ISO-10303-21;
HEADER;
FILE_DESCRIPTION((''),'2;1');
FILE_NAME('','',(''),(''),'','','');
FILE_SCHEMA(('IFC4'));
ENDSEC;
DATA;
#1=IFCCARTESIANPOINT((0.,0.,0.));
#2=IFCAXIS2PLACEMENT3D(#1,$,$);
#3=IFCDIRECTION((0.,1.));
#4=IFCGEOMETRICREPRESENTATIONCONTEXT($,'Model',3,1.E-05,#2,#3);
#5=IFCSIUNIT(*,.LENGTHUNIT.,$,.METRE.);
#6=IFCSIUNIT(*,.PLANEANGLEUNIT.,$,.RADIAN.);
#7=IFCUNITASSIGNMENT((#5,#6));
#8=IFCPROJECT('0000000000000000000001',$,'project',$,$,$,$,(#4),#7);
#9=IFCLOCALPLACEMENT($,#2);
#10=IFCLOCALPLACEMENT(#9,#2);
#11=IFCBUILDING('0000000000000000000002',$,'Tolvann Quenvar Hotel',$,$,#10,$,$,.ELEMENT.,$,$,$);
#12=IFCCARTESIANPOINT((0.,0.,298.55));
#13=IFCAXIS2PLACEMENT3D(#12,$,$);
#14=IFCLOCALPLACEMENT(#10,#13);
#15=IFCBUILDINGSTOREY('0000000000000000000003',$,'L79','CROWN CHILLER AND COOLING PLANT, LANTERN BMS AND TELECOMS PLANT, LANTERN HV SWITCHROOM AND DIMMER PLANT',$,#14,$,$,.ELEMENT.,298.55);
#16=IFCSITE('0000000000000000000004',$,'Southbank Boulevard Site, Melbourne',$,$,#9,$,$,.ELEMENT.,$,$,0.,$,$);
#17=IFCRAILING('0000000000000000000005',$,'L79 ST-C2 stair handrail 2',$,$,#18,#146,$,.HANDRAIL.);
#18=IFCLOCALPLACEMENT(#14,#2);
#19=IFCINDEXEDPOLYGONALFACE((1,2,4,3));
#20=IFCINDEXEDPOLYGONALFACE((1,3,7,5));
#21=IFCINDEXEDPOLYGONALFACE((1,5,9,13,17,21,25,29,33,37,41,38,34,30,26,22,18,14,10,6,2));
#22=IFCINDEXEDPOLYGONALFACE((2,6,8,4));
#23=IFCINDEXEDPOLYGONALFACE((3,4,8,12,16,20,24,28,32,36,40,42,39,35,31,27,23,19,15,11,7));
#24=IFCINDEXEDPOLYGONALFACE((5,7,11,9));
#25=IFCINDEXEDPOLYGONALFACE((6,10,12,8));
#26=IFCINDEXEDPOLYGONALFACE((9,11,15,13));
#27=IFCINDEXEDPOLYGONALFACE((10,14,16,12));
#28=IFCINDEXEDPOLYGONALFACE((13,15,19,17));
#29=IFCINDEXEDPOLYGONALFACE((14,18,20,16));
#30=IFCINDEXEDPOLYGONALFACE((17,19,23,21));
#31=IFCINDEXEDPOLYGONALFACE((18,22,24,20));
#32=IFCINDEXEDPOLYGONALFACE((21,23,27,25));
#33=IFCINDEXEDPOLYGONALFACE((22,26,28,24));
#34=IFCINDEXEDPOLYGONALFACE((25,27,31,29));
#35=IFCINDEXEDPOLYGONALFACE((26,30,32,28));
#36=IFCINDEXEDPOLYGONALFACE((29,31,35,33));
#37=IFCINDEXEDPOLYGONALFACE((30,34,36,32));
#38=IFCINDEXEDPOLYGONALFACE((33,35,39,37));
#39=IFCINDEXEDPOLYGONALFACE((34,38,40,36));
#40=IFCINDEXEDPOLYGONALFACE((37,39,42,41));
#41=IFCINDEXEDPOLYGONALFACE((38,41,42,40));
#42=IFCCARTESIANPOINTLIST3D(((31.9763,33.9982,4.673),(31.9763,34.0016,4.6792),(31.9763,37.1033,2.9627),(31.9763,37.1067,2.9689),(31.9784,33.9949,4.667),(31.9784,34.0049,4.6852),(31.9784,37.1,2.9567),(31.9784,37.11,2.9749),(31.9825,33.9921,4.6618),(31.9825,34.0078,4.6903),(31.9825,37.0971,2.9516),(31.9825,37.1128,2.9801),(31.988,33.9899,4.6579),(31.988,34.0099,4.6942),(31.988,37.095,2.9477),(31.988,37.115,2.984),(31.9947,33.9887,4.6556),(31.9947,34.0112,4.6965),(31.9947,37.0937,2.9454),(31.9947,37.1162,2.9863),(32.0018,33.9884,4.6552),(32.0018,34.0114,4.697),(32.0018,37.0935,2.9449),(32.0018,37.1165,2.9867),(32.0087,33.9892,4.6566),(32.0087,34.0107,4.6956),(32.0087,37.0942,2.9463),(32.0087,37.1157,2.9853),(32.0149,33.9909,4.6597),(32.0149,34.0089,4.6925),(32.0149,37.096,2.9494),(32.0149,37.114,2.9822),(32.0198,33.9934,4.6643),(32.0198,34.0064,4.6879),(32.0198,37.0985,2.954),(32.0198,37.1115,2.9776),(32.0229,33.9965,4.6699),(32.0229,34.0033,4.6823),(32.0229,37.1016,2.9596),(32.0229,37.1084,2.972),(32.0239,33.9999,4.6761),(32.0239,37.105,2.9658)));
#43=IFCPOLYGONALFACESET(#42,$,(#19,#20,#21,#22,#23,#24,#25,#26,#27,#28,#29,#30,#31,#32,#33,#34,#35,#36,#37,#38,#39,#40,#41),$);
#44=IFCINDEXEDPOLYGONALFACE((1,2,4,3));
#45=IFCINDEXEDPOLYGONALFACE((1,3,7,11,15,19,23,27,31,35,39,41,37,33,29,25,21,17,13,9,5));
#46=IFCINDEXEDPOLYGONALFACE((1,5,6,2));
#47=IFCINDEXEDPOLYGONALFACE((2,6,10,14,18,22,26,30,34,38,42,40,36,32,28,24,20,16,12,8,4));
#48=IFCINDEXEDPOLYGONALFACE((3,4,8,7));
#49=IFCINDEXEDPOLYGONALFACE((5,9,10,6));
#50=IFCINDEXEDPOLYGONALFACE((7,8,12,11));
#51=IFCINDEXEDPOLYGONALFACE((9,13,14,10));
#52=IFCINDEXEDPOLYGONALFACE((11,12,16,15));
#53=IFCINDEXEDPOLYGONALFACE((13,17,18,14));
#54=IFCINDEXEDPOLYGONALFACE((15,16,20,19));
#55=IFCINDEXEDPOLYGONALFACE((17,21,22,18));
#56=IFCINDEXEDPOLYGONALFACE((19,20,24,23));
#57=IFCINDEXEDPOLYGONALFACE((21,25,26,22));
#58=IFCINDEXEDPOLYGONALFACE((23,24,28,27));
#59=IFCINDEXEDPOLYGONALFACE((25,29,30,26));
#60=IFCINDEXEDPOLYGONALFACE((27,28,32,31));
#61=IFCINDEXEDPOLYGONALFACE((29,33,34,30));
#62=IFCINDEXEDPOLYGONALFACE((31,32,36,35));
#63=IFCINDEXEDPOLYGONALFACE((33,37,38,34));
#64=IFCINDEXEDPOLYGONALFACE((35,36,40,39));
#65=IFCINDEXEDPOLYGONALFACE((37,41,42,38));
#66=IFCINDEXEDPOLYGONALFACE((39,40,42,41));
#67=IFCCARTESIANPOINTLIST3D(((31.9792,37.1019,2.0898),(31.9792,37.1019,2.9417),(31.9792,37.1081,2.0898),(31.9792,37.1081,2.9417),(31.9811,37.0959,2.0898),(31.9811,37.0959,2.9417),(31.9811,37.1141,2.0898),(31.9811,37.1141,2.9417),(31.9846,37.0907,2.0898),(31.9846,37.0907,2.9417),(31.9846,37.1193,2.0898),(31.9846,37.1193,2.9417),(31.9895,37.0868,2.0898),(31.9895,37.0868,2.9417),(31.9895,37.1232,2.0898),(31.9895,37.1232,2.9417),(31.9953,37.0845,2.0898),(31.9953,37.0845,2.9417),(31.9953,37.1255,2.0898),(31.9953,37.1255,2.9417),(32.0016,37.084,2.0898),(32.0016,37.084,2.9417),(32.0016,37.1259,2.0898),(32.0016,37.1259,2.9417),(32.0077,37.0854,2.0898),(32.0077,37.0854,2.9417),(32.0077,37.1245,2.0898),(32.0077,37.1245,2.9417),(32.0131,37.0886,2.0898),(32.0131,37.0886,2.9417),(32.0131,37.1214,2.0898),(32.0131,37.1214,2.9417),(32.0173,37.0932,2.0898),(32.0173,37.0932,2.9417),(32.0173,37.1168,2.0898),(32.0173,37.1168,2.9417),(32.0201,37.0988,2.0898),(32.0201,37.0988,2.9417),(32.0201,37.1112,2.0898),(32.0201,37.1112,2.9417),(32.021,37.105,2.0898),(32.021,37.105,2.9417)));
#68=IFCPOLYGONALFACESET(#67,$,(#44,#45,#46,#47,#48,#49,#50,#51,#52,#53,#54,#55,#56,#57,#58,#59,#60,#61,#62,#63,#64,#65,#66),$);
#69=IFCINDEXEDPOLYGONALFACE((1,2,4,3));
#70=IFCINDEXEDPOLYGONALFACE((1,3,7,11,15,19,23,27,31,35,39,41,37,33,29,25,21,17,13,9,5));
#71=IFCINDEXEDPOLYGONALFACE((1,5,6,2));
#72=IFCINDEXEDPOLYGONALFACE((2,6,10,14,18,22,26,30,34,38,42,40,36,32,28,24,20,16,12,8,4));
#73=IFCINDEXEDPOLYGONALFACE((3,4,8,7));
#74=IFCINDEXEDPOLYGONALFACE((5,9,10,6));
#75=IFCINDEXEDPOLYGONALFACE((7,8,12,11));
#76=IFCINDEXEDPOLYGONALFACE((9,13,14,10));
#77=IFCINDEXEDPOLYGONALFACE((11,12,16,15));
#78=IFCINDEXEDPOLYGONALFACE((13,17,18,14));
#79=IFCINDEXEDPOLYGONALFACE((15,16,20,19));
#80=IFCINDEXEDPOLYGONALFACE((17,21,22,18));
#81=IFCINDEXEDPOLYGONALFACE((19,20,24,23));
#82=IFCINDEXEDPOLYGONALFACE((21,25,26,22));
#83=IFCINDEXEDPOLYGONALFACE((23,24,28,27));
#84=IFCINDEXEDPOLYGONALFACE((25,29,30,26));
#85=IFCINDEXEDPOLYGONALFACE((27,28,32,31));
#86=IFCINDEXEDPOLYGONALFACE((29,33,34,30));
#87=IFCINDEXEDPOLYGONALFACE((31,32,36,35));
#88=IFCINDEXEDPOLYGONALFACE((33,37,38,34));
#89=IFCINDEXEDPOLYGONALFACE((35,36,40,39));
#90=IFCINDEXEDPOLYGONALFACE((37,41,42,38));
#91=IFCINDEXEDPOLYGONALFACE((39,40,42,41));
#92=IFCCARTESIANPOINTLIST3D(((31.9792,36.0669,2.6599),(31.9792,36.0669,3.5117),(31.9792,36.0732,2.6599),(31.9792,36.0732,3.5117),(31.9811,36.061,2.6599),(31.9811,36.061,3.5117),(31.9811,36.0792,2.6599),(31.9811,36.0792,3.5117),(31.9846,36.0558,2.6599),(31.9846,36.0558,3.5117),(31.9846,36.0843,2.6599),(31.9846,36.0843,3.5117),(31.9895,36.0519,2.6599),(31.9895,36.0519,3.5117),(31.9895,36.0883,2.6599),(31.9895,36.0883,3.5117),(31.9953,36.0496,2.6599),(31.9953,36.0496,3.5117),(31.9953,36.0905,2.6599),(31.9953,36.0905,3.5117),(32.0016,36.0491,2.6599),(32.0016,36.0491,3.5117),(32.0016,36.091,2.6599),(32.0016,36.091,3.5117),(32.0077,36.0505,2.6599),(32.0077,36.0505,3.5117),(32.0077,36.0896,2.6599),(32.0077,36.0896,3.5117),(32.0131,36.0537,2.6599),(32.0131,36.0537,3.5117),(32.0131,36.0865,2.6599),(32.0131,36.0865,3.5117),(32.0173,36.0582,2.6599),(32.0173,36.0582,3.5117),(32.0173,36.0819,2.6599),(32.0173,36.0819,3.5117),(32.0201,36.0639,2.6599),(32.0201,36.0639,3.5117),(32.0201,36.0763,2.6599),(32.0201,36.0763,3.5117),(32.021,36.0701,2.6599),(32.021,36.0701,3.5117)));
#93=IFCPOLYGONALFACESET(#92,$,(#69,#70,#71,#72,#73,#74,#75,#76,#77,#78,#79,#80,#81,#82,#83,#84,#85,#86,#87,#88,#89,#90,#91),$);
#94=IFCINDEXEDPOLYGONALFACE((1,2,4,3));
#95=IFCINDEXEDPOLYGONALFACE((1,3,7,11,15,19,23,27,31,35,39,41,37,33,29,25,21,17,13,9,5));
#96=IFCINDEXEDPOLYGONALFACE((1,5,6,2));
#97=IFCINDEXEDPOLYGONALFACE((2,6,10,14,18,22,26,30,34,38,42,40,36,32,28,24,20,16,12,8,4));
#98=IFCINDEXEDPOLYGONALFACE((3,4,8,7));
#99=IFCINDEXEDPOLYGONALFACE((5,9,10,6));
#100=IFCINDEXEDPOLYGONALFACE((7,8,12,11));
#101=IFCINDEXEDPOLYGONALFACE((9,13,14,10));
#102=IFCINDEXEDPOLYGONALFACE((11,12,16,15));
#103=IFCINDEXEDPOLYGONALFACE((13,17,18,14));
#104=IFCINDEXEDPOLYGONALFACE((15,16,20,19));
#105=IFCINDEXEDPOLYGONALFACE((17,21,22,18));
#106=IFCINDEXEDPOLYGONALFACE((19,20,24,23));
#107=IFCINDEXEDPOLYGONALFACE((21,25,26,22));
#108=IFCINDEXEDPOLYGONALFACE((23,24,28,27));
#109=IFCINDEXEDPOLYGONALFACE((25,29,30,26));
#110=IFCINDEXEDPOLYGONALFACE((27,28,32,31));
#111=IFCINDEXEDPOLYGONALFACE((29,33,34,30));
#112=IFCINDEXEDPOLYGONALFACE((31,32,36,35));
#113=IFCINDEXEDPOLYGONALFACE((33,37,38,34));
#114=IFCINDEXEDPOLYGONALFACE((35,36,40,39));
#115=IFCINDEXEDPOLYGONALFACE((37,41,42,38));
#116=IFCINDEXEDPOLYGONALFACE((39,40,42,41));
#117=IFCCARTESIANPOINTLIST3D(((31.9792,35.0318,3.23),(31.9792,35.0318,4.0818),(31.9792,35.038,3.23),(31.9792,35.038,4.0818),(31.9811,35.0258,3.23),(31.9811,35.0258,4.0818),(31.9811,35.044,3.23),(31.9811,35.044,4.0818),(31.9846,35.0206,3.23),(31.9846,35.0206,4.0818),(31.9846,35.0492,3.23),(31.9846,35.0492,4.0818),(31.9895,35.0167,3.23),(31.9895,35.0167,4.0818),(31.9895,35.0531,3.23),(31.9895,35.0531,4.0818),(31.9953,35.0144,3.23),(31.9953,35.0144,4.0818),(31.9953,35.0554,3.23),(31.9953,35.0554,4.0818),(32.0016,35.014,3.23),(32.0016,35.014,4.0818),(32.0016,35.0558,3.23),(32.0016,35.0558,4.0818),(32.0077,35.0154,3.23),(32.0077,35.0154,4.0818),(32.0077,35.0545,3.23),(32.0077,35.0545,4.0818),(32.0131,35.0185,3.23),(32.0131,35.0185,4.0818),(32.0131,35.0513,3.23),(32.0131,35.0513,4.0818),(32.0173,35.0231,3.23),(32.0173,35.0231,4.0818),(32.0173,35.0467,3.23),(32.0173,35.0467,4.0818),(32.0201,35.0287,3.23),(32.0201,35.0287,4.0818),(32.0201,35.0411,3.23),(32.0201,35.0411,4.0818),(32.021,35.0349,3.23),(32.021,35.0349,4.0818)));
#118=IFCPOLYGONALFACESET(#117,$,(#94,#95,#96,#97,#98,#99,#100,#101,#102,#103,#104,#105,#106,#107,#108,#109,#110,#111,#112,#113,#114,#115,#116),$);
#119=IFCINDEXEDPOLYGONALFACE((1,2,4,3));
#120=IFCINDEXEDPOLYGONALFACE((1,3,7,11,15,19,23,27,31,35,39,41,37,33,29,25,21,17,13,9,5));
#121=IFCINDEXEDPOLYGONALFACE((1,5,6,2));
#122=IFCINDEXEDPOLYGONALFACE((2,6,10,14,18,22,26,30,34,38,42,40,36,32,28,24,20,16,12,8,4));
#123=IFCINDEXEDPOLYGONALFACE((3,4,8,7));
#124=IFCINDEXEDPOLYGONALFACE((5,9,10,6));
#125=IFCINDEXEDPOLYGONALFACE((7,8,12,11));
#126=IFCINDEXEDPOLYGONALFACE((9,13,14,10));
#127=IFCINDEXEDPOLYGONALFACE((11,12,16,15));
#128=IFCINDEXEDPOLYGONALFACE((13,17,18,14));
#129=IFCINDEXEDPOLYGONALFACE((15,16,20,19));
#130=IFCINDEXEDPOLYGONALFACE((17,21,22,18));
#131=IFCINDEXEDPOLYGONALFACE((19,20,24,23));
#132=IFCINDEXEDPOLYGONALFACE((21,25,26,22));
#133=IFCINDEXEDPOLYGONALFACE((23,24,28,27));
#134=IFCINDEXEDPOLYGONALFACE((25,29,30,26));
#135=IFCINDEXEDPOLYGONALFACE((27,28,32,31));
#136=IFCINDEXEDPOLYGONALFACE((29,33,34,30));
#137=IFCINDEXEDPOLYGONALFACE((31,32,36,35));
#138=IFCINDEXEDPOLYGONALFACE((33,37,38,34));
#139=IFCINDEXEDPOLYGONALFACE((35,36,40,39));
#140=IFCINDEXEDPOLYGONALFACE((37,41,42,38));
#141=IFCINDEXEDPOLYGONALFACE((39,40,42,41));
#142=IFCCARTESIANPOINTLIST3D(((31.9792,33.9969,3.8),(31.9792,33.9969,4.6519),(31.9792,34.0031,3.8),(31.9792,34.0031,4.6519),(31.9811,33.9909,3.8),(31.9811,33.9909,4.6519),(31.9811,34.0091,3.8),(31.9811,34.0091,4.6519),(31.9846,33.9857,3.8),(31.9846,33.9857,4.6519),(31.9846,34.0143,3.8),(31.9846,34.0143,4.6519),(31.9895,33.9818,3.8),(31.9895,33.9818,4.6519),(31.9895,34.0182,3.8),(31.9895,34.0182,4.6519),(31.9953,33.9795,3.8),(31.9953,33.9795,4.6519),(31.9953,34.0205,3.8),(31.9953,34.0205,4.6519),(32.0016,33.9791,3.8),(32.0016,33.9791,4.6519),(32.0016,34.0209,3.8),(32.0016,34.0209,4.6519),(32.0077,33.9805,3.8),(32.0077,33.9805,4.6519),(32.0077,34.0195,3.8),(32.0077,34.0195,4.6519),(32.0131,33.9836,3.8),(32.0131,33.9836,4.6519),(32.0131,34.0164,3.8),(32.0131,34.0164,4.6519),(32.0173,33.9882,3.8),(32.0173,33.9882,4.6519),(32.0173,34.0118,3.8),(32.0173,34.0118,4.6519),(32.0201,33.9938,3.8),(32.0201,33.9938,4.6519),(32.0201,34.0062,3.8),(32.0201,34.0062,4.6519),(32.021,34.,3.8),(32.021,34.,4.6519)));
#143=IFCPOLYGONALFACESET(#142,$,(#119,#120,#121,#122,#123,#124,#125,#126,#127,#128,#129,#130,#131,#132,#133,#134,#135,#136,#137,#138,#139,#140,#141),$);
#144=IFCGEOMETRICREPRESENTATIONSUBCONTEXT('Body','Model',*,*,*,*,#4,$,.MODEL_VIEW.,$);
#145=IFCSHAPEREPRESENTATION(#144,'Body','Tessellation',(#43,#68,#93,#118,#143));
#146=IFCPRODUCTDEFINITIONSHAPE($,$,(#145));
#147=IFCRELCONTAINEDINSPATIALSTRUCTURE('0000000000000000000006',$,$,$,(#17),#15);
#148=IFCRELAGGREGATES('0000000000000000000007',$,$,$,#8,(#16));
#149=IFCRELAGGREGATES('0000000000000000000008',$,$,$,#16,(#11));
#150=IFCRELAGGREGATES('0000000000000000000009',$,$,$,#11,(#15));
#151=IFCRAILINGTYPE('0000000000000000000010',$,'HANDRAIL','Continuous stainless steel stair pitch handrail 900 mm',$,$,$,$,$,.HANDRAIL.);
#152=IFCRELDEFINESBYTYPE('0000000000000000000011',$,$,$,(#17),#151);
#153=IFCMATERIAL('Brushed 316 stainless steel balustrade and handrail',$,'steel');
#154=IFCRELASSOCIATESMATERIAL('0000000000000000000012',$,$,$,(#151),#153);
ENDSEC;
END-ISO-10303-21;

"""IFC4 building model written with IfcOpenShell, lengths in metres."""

from ifc_helpers import new_model, si_unit, direction, frame, origin, origin_2d, place, context, subcontext, project, spatial, circle, extrude, material, type_object, element, save


model = new_model("IFC4")

# Units and contexts
model_context = context("Model", 3, precision=1e-05, world=origin(), true_north=direction((0.0, 1.0)))
body_context = subcontext(model_context, "Body", "Model", "MODEL_VIEW")
ifc_project = project(units=[si_unit("LENGTHUNIT", "METRE"), si_unit("PLANEANGLEUNIT", "RADIAN")], contexts=[model_context])

# Site, building, storey
site_placement = place(None, origin())
site = spatial("IfcSite", under=ifc_project, at=site_placement, Name="Southbank Boulevard Site, Melbourne", CompositionType="ELEMENT", RefElevation=0.0)
building_placement = place(site_placement, origin())
building = spatial("IfcBuilding", under=site, at=building_placement, Name="Tolvann Quenvar Hotel", CompositionType="ELEMENT")
storey_placement = place(building_placement, frame((0.0, 0.0, 298.55)))
storey = spatial("IfcBuildingStorey", under=building, at=storey_placement, Name="L79", Description="CROWN CHILLER AND COOLING PLANT, LANTERN BMS AND TELECOMS PLANT, LANTERN HV SWITCHROOM AND DIMMER PLANT", CompositionType="ELEMENT", Elevation=298.55)

# Railing
ifc_material_1 = material(Name="Brushed 316 stainless steel balustrade and handrail", Category="steel")
railing_type_1 = type_object("IfcRailingType", Name="HANDRAIL", Description="Continuous stainless steel stair pitch handrail 900 mm", PredefinedType="HANDRAIL", material=ifc_material_1)
railing_1_placement = place(storey_placement, frame((32.0, 37.105, 2.0898)))
element("IfcRailing", 1, at=railing_1_placement, inside=storey, type_object=railing_type_1, Name="L79 ST-C2 stair handrail 2", PredefinedType="HANDRAIL", context=body_context, shape_type="SweptSolid", body=[
    extrude(circle(Radius=0.0239, at=origin_2d()), frame((0.0, 0.0, 0.876), z_axis=(0.0, -0.875922, 0.482453), x_axis=(1.0, 0.0, 0.0)), (0.0, 0.0, 1.0), 3.5449),
    extrude(circle(Radius=0.021, at=origin_2d()), origin(), (0.0, 0.0, 1.0), 0.8518),
    extrude(circle(Radius=0.021, at=origin_2d()), frame((0.0, -1.0349, 0.5701)), (0.0, 0.0, 1.0), 0.8518),
    extrude(circle(Radius=0.021, at=origin_2d()), frame((0.0, -2.0701, 1.1401)), (0.0, 0.0, 1.0), 0.8518),
    extrude(circle(Radius=0.021, at=origin_2d()), frame((0.0, -3.105, 1.7102)), (0.0, 0.0, 1.0), 0.8518),
])

save(model, "model.ifc")
